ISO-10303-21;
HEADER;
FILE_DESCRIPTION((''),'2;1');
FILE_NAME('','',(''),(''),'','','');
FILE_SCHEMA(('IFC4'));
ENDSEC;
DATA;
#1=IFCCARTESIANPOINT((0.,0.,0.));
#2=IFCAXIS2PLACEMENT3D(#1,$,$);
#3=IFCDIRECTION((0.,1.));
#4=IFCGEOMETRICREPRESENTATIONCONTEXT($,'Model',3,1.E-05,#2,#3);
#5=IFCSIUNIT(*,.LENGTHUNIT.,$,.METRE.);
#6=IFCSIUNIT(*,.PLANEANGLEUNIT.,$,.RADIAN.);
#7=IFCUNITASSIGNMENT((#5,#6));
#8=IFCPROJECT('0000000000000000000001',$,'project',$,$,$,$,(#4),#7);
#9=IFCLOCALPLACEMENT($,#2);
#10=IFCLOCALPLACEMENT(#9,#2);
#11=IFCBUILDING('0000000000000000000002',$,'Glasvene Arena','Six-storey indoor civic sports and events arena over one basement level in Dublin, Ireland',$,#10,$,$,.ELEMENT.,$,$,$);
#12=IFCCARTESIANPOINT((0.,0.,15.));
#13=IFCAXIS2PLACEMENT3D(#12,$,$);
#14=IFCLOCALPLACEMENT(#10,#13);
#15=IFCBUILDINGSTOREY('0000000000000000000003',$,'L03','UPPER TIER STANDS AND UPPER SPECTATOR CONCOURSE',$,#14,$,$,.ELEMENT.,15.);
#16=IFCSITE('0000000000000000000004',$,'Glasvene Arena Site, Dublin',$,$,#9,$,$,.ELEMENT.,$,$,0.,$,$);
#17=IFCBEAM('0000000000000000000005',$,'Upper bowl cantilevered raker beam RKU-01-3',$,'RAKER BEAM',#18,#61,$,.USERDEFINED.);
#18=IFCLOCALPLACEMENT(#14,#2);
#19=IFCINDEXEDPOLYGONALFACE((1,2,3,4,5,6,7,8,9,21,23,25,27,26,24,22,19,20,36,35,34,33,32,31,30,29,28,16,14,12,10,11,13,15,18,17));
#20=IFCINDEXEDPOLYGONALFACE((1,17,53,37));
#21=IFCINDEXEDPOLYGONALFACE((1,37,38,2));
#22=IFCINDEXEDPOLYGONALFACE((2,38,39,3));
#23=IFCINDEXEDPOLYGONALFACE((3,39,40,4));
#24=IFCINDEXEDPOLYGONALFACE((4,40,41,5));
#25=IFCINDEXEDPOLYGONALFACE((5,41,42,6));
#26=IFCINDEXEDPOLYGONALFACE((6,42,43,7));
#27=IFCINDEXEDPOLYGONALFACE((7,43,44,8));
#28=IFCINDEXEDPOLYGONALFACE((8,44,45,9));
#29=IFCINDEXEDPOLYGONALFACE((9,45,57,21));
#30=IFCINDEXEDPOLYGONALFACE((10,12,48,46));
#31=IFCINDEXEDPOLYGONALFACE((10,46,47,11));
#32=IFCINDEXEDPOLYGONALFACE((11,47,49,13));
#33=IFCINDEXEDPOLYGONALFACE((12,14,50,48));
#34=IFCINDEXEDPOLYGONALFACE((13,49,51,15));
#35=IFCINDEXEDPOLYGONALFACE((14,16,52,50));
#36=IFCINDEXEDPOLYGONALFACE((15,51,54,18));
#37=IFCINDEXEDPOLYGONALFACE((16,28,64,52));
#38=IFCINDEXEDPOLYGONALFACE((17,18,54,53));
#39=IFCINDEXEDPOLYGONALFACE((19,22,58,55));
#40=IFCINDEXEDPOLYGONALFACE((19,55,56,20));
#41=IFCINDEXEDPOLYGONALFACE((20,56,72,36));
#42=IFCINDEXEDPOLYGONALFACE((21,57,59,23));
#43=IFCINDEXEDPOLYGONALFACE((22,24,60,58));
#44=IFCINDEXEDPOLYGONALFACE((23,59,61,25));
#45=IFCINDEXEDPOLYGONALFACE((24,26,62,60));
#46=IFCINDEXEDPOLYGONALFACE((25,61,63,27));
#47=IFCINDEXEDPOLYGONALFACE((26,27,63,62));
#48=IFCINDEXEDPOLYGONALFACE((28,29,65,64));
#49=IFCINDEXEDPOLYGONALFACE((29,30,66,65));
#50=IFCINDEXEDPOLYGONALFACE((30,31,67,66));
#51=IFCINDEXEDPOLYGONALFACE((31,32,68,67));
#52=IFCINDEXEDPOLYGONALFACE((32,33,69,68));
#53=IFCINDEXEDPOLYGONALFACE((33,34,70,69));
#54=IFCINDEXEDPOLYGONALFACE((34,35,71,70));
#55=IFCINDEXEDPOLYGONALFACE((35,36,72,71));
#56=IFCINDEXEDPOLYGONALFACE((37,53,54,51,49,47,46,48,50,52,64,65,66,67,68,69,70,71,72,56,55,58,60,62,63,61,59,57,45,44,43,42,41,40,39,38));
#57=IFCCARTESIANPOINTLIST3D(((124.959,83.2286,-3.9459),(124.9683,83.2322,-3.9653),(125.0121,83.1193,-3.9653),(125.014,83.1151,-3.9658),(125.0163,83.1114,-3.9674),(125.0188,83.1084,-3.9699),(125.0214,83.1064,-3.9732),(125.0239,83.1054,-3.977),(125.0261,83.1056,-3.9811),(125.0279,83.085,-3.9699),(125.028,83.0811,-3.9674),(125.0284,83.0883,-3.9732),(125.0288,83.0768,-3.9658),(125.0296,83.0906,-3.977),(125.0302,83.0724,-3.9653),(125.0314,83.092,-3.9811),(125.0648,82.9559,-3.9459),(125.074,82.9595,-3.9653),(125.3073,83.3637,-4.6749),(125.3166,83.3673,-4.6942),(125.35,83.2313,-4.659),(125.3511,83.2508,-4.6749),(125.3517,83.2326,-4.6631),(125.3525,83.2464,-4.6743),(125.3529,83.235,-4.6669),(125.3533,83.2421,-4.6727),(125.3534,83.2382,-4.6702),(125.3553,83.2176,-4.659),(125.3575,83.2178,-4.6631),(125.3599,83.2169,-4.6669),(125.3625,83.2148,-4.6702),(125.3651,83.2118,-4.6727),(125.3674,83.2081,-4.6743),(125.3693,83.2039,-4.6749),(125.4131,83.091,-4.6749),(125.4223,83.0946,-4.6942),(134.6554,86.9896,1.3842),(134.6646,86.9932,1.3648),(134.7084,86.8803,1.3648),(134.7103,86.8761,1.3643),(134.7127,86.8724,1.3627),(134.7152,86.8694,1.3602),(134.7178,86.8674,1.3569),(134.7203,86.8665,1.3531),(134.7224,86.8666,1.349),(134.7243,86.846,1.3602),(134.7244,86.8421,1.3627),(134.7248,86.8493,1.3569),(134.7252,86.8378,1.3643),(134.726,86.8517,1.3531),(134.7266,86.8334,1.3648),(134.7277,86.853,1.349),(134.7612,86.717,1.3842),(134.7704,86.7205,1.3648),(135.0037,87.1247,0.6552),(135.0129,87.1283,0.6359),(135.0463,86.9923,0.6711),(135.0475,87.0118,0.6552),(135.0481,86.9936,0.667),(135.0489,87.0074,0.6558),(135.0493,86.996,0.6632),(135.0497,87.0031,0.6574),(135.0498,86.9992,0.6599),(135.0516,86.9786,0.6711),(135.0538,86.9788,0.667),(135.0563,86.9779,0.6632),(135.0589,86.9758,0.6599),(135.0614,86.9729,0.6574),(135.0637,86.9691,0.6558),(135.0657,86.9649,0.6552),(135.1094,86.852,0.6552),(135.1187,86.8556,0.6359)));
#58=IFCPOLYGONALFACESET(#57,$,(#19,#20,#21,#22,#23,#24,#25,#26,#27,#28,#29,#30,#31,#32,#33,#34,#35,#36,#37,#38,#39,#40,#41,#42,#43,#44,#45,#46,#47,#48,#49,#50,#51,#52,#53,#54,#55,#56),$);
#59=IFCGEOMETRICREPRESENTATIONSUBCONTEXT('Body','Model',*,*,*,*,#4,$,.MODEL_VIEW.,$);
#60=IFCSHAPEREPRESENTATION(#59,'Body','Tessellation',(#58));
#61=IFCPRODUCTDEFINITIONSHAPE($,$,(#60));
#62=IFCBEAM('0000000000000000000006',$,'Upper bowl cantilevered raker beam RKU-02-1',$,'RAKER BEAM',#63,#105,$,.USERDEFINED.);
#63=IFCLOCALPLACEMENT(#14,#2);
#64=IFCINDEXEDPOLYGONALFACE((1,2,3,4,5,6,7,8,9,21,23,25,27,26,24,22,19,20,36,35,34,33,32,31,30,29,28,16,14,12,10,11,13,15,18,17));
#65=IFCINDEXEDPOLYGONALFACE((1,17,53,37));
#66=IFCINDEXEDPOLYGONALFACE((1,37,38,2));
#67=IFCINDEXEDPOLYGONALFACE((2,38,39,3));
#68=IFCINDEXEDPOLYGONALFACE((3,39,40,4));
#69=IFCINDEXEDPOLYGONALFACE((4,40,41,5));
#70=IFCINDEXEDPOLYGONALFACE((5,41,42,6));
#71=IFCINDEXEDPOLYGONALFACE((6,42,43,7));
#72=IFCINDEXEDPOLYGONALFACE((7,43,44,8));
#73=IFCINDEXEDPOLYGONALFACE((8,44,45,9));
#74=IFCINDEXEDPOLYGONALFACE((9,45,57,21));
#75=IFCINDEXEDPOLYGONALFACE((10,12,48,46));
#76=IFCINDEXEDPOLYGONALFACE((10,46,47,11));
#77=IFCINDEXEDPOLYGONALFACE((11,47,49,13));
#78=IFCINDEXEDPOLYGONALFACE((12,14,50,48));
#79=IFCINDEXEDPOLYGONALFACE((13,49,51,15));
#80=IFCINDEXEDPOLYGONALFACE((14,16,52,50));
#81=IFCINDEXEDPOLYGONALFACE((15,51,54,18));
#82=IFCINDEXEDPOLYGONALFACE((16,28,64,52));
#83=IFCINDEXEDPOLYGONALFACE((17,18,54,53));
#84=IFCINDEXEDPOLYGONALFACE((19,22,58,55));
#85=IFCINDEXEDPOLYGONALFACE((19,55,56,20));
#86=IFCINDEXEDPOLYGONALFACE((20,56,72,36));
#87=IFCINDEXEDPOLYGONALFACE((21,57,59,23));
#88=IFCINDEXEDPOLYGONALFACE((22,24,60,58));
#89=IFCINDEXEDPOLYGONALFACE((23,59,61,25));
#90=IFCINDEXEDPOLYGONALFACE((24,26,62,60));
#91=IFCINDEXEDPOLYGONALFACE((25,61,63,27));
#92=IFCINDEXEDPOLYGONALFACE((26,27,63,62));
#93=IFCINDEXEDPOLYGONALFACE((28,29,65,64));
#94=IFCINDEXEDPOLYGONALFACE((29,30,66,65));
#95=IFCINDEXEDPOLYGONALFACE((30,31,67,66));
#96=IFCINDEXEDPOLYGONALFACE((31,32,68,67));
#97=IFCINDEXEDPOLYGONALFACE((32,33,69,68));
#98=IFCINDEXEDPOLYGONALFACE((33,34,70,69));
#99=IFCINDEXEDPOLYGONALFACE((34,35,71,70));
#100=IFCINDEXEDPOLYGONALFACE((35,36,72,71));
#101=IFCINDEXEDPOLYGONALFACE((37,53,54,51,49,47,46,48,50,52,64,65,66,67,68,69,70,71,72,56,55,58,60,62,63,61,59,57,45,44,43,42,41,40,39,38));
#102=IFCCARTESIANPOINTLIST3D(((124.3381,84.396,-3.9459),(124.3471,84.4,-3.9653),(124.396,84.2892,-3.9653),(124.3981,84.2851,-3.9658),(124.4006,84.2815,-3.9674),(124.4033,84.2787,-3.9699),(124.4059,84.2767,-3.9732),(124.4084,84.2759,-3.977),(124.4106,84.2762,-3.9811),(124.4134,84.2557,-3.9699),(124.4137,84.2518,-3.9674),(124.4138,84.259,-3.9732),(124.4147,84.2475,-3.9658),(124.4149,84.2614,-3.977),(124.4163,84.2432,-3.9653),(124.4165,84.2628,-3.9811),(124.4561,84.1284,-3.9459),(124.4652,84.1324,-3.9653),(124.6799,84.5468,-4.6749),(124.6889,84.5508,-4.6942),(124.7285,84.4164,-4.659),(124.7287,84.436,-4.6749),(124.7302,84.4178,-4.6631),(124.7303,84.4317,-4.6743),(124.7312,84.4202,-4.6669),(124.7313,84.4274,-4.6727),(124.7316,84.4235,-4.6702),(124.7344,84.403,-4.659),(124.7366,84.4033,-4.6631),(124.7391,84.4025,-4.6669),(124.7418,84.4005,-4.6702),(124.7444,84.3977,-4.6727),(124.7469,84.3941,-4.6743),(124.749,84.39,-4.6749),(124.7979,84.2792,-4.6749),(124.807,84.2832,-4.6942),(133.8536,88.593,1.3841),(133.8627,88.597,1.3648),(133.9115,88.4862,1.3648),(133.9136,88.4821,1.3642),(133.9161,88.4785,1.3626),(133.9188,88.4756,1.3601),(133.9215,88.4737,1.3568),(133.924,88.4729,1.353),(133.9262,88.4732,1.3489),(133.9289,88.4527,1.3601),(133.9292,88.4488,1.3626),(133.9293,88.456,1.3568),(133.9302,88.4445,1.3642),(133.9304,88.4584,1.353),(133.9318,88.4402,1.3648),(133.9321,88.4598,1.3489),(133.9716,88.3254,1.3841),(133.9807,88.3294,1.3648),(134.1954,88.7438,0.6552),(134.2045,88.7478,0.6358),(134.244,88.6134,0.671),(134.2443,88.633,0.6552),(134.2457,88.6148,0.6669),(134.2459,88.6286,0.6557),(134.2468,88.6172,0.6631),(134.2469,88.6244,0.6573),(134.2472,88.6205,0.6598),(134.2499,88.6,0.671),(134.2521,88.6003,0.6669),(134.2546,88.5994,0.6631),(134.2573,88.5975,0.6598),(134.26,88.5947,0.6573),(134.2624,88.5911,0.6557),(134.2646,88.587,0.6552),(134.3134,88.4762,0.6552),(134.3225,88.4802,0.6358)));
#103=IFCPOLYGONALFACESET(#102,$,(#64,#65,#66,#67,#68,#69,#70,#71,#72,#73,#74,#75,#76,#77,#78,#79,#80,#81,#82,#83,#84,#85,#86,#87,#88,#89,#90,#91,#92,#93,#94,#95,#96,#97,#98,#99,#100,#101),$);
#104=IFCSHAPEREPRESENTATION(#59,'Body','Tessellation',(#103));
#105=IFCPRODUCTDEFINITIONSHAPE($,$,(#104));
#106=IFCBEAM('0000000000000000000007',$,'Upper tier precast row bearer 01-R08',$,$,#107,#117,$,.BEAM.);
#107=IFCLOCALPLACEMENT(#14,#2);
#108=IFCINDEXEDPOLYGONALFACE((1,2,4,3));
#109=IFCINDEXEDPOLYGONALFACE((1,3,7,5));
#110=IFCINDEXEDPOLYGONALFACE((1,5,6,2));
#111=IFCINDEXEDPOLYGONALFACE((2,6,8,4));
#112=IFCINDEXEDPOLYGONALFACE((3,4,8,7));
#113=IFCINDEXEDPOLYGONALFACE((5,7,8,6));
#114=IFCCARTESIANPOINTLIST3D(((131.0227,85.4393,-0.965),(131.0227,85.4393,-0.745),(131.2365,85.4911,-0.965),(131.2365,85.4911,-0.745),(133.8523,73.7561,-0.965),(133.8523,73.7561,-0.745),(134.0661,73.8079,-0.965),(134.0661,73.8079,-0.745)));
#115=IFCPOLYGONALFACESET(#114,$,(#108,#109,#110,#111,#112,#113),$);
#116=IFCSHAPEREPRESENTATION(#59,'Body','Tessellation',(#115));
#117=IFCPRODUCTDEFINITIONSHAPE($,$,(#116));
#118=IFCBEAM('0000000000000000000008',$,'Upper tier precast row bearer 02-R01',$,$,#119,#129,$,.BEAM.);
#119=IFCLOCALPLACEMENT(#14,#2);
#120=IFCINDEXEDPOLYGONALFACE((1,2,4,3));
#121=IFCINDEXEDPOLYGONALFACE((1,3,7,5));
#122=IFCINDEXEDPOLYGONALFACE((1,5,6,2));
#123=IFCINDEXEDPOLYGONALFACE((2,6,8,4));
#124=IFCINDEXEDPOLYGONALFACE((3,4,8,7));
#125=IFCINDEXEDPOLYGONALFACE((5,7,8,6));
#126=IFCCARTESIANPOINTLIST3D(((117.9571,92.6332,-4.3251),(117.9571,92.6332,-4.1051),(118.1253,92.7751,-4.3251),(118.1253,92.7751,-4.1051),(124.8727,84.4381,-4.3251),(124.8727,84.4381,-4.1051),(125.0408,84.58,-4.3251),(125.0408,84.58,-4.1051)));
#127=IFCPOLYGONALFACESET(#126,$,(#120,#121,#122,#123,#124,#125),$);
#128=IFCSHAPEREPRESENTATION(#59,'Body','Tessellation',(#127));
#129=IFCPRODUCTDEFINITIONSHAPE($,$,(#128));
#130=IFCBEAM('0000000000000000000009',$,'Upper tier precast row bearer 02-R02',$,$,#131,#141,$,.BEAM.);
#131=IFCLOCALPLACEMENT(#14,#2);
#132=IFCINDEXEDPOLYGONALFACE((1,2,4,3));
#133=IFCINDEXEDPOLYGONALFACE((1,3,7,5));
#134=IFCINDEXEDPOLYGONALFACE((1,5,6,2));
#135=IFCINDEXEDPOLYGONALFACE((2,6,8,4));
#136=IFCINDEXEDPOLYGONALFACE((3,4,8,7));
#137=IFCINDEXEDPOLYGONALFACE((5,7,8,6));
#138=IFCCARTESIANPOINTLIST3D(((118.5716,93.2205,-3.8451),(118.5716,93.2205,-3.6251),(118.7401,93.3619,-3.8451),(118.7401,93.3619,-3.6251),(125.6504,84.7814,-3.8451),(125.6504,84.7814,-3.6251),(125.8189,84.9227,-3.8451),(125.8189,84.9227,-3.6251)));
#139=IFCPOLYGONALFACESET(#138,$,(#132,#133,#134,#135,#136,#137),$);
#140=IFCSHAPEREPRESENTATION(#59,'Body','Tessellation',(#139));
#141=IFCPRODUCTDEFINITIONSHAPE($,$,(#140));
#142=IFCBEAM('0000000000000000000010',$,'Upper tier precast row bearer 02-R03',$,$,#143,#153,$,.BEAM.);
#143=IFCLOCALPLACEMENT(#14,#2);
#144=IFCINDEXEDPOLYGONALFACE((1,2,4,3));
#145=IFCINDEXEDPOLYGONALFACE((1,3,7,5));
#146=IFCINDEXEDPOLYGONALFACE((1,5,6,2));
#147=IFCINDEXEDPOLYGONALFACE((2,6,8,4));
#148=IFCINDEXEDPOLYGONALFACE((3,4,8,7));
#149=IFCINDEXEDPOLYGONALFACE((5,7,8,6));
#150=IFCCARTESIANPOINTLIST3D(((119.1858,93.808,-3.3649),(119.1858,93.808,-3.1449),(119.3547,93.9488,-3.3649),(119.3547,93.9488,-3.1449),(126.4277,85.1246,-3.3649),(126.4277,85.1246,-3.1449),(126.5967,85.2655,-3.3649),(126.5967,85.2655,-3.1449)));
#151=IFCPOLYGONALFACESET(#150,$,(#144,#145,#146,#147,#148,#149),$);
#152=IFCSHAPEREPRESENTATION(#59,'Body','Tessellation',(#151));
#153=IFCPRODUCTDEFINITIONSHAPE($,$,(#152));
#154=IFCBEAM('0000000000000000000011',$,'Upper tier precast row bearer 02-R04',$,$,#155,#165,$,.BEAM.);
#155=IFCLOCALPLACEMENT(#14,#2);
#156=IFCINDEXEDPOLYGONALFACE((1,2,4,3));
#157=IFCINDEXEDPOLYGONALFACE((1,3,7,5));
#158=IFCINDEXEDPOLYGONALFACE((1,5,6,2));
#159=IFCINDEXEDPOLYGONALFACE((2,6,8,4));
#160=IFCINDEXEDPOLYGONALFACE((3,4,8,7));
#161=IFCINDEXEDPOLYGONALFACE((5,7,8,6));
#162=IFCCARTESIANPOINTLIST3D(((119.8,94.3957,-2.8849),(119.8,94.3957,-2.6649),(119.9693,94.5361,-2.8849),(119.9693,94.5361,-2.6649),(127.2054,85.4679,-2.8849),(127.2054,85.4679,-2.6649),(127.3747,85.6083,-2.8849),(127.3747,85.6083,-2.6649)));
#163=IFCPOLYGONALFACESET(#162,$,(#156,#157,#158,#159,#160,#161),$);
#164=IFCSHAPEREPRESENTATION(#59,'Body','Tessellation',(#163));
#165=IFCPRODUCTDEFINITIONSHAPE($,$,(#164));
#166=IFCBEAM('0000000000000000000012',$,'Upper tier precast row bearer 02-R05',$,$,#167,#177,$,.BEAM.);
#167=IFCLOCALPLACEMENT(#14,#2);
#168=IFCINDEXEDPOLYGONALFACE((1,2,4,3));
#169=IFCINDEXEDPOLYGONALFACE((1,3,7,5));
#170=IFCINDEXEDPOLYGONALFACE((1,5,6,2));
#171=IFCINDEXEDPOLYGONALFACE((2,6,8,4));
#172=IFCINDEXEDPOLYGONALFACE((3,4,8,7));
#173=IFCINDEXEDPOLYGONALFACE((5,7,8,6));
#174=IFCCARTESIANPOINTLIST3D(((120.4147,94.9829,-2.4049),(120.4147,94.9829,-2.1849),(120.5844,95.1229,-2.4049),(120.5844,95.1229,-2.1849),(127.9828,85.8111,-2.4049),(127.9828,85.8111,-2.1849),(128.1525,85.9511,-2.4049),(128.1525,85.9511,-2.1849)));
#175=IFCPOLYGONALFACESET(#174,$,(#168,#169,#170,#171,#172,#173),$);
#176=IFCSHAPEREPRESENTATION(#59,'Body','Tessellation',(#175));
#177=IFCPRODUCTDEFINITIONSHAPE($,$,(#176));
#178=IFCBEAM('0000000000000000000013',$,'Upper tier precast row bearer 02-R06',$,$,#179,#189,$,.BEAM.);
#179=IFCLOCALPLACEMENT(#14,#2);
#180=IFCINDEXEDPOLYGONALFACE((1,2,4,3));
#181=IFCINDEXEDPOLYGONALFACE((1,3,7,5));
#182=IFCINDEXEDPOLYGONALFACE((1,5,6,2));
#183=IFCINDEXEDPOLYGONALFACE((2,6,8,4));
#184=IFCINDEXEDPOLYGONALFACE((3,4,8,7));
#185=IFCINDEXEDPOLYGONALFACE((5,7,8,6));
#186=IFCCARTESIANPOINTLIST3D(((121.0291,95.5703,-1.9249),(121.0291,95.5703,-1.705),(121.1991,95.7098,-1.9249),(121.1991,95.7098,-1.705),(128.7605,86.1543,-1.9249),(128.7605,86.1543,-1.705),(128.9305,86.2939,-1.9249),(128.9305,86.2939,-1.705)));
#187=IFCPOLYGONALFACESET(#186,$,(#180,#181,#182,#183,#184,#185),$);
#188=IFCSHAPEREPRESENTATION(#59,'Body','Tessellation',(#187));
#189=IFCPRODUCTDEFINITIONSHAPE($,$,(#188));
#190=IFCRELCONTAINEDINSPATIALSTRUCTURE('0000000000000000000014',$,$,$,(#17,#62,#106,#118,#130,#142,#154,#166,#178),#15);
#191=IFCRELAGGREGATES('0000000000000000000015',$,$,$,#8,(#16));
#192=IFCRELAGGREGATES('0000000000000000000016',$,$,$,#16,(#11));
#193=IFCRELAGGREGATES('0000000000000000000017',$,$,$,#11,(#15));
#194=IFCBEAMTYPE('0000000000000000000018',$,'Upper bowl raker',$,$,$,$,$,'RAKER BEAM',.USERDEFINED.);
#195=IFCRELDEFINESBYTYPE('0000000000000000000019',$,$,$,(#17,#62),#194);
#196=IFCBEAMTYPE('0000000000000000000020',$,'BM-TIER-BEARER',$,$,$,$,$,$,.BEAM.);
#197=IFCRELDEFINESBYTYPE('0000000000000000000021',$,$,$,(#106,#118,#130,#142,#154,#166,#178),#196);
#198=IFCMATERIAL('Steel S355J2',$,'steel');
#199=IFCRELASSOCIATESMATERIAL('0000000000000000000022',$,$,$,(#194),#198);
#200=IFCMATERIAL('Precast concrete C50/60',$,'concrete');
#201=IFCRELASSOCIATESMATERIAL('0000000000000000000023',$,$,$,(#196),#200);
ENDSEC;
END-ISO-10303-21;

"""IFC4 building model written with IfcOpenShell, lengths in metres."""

from ifc_helpers import new_model, si_unit, direction, frame, origin, origin_2d, place, context, subcontext, project, spatial, rectangle, i_section, extrude, material, material_profile, profile_set, type_object, element, save


model = new_model("IFC4")

# Units and contexts
model_context = context("Model", 3, precision=1e-05, world=origin(), true_north=direction((0.0, 1.0)))
body_context = subcontext(model_context, "Body", "Model", "MODEL_VIEW")
ifc_project = project(units=[si_unit("LENGTHUNIT", "METRE"), si_unit("PLANEANGLEUNIT", "RADIAN")], contexts=[model_context])

# Site, building, storey
site_placement = place(None, origin())
site = spatial("IfcSite", under=ifc_project, at=site_placement, Name="Glasvene Arena Site, Dublin", CompositionType="ELEMENT", RefElevation=0.0)
building_placement = place(site_placement, origin())
building = spatial("IfcBuilding", under=site, at=building_placement, Name="Glasvene Arena", Description="Six-storey indoor civic sports and events arena over one basement level in Dublin, Ireland", CompositionType="ELEMENT")
storey_placement = place(building_placement, frame((0.0, 0.0, 15.0)))
storey = spatial("IfcBuildingStorey", under=building, at=storey_placement, Name="L03", Description="UPPER TIER STANDS AND UPPER SPECTATOR CONCOURSE", CompositionType="ELEMENT", Elevation=15.0)

# Shared definitions
ifc_material_1 = material(Name="Steel S355J2", Category="steel")

# Beams
ifc_material_profile_1 = material_profile(ifc_material_1, i_section(OverallWidth=0.2925, OverallDepth=0.8408, WebThickness=0.0146, FlangeThickness=0.0217, FilletRadius=0.0178, at=origin_2d()), Name="UKB 838x292x194")
ifc_profile_set_1 = profile_set([ifc_material_profile_1], Name="Steel S355J2")
beam_type_1 = type_object("IfcBeamType", Name="Upper bowl raker", ElementType="RAKER BEAM", PredefinedType="USERDEFINED", material=ifc_profile_set_1)
beam_1_placement = place(storey_placement, frame((125.1907, 83.1616, -4.3201), z_axis=(0.829705, 0.321825, 0.456091), x_axis=(-0.361628, 0.932322, 0.0)))
element("IfcBeam", 1, at=beam_1_placement, inside=storey, type_object=beam_type_1, Name="Upper bowl cantilevered raker beam RKU-01-3", ObjectType="RAKER BEAM", PredefinedType="USERDEFINED", context=body_context, shape_type="SweptSolid", body=[
    extrude(i_section(OverallWidth=0.2925, OverallDepth=0.8408, WebThickness=0.0146, FlangeThickness=0.0217, FilletRadius=0.0178, at=origin_2d()), origin(), (0.0, 0.0, 1.0), 11.6865),
])
beam_2_placement = place(storey_placement, frame((124.5725, 84.3396, -4.3201), z_axis=(0.814248, 0.359137, 0.456093), x_axis=(-0.403556, 0.914955, 0.0)))
element("IfcBeam", 2, at=beam_2_placement, inside=storey, type_object=beam_type_1, Name="Upper bowl cantilevered raker beam RKU-02-1", ObjectType="RAKER BEAM", PredefinedType="USERDEFINED", context=body_context, shape_type="SweptSolid", body=[
    extrude(i_section(OverallWidth=0.2925, OverallDepth=0.8408, WebThickness=0.0146, FlangeThickness=0.0217, FilletRadius=0.0178, at=origin_2d()), origin(), (0.0, 0.0, 1.0), 11.6863),
])
ifc_material_2 = material(Name="Precast concrete C50/60", Category="concrete")
ifc_material_profile_2 = material_profile(ifc_material_2, rectangle(XDim=0.22, YDim=0.22, at=origin_2d()), Name="RC 220x220")
ifc_profile_set_2 = profile_set([ifc_material_profile_2], Name="Precast concrete C50/60")
beam_type_2 = type_object("IfcBeamType", Name="BM-TIER-BEARER", PredefinedType="BEAM", material=ifc_profile_set_2)
beam_3_placement = place(storey_placement, frame((133.9592, 73.782, -0.855), z_axis=(-0.23539, 0.971901, 0.0), x_axis=(-0.971901, -0.23539, 0.0)))
element("IfcBeam", 3, at=beam_3_placement, inside=storey, type_object=beam_type_2, Name="Upper tier precast row bearer 01-R08", PredefinedType="BEAM", context=body_context, shape_type="SweptSolid", body=[
    extrude(rectangle(XDim=0.22, YDim=0.22, at=origin_2d()), origin(), (0.0, 0.0, 1.0), 12.021),
])
beam_4_placement = place(storey_placement, frame((124.9568, 84.509, -4.2151), z_axis=(-0.644922, 0.764248, 0.0), x_axis=(-0.764248, -0.644922, 0.0)))
element("IfcBeam", 4, at=beam_4_placement, inside=storey, type_object=beam_type_2, Name="Upper tier precast row bearer 02-R01", PredefinedType="BEAM", context=body_context, shape_type="SweptSolid", body=[
    extrude(rectangle(XDim=0.22, YDim=0.22, at=origin_2d()), origin(), (0.0, 0.0, 1.0), 10.7231),
])
beam_5_placement = place(storey_placement, frame((125.7346, 84.8521, -3.7351), z_axis=(-0.642655, 0.766155, 0.0), x_axis=(-0.766155, -0.642655, 0.0)))
element("IfcBeam", 5, at=beam_5_placement, inside=storey, type_object=beam_type_2, Name="Upper tier precast row bearer 02-R02", PredefinedType="BEAM", context=body_context, shape_type="SweptSolid", body=[
    extrude(rectangle(XDim=0.22, YDim=0.22, at=origin_2d()), origin(), (0.0, 0.0, 1.0), 11.0149),
])
beam_6_placement = place(storey_placement, frame((126.5122, 85.1951, -3.2549), z_axis=(-0.640488, 0.767968, 0.0), x_axis=(-0.767968, -0.640488, 0.0)))
element("IfcBeam", 6, at=beam_6_placement, inside=storey, type_object=beam_type_2, Name="Upper tier precast row bearer 02-R03", PredefinedType="BEAM", context=body_context, shape_type="SweptSolid", body=[
    extrude(rectangle(XDim=0.22, YDim=0.22, at=origin_2d()), origin(), (0.0, 0.0, 1.0), 11.3069),
])
beam_7_placement = place(storey_placement, frame((127.29, 85.5381, -2.7749), z_axis=(-0.638427, 0.769682, 0.0), x_axis=(-0.769682, -0.638427, 0.0)))
element("IfcBeam", 7, at=beam_7_placement, inside=storey, type_object=beam_type_2, Name="Upper tier precast row bearer 02-R04", PredefinedType="BEAM", context=body_context, shape_type="SweptSolid", body=[
    extrude(rectangle(XDim=0.22, YDim=0.22, at=origin_2d()), origin(), (0.0, 0.0, 1.0), 11.5994),
])
beam_8_placement = place(storey_placement, frame((128.0676, 85.8811, -2.2949), z_axis=(-0.636449, 0.771319, 0.0), x_axis=(-0.771319, -0.636449, 0.0)))
element("IfcBeam", 8, at=beam_8_placement, inside=storey, type_object=beam_type_2, Name="Upper tier precast row bearer 02-R05", PredefinedType="BEAM", context=body_context, shape_type="SweptSolid", body=[
    extrude(rectangle(XDim=0.22, YDim=0.22, at=origin_2d()), origin(), (0.0, 0.0, 1.0), 11.8911),
])
beam_9_placement = place(storey_placement, frame((128.8455, 86.2241, -1.8149), z_axis=(-0.634586, 0.772853, 0.0), x_axis=(-0.772853, -0.634586, 0.0)))
element("IfcBeam", 9, at=beam_9_placement, inside=storey, type_object=beam_type_2, Name="Upper tier precast row bearer 02-R06", PredefinedType="BEAM", context=body_context, shape_type="SweptSolid", body=[
    extrude(rectangle(XDim=0.22, YDim=0.22, at=origin_2d()), origin(), (0.0, 0.0, 1.0), 12.1833),
])

save(model, "model.ifc")
